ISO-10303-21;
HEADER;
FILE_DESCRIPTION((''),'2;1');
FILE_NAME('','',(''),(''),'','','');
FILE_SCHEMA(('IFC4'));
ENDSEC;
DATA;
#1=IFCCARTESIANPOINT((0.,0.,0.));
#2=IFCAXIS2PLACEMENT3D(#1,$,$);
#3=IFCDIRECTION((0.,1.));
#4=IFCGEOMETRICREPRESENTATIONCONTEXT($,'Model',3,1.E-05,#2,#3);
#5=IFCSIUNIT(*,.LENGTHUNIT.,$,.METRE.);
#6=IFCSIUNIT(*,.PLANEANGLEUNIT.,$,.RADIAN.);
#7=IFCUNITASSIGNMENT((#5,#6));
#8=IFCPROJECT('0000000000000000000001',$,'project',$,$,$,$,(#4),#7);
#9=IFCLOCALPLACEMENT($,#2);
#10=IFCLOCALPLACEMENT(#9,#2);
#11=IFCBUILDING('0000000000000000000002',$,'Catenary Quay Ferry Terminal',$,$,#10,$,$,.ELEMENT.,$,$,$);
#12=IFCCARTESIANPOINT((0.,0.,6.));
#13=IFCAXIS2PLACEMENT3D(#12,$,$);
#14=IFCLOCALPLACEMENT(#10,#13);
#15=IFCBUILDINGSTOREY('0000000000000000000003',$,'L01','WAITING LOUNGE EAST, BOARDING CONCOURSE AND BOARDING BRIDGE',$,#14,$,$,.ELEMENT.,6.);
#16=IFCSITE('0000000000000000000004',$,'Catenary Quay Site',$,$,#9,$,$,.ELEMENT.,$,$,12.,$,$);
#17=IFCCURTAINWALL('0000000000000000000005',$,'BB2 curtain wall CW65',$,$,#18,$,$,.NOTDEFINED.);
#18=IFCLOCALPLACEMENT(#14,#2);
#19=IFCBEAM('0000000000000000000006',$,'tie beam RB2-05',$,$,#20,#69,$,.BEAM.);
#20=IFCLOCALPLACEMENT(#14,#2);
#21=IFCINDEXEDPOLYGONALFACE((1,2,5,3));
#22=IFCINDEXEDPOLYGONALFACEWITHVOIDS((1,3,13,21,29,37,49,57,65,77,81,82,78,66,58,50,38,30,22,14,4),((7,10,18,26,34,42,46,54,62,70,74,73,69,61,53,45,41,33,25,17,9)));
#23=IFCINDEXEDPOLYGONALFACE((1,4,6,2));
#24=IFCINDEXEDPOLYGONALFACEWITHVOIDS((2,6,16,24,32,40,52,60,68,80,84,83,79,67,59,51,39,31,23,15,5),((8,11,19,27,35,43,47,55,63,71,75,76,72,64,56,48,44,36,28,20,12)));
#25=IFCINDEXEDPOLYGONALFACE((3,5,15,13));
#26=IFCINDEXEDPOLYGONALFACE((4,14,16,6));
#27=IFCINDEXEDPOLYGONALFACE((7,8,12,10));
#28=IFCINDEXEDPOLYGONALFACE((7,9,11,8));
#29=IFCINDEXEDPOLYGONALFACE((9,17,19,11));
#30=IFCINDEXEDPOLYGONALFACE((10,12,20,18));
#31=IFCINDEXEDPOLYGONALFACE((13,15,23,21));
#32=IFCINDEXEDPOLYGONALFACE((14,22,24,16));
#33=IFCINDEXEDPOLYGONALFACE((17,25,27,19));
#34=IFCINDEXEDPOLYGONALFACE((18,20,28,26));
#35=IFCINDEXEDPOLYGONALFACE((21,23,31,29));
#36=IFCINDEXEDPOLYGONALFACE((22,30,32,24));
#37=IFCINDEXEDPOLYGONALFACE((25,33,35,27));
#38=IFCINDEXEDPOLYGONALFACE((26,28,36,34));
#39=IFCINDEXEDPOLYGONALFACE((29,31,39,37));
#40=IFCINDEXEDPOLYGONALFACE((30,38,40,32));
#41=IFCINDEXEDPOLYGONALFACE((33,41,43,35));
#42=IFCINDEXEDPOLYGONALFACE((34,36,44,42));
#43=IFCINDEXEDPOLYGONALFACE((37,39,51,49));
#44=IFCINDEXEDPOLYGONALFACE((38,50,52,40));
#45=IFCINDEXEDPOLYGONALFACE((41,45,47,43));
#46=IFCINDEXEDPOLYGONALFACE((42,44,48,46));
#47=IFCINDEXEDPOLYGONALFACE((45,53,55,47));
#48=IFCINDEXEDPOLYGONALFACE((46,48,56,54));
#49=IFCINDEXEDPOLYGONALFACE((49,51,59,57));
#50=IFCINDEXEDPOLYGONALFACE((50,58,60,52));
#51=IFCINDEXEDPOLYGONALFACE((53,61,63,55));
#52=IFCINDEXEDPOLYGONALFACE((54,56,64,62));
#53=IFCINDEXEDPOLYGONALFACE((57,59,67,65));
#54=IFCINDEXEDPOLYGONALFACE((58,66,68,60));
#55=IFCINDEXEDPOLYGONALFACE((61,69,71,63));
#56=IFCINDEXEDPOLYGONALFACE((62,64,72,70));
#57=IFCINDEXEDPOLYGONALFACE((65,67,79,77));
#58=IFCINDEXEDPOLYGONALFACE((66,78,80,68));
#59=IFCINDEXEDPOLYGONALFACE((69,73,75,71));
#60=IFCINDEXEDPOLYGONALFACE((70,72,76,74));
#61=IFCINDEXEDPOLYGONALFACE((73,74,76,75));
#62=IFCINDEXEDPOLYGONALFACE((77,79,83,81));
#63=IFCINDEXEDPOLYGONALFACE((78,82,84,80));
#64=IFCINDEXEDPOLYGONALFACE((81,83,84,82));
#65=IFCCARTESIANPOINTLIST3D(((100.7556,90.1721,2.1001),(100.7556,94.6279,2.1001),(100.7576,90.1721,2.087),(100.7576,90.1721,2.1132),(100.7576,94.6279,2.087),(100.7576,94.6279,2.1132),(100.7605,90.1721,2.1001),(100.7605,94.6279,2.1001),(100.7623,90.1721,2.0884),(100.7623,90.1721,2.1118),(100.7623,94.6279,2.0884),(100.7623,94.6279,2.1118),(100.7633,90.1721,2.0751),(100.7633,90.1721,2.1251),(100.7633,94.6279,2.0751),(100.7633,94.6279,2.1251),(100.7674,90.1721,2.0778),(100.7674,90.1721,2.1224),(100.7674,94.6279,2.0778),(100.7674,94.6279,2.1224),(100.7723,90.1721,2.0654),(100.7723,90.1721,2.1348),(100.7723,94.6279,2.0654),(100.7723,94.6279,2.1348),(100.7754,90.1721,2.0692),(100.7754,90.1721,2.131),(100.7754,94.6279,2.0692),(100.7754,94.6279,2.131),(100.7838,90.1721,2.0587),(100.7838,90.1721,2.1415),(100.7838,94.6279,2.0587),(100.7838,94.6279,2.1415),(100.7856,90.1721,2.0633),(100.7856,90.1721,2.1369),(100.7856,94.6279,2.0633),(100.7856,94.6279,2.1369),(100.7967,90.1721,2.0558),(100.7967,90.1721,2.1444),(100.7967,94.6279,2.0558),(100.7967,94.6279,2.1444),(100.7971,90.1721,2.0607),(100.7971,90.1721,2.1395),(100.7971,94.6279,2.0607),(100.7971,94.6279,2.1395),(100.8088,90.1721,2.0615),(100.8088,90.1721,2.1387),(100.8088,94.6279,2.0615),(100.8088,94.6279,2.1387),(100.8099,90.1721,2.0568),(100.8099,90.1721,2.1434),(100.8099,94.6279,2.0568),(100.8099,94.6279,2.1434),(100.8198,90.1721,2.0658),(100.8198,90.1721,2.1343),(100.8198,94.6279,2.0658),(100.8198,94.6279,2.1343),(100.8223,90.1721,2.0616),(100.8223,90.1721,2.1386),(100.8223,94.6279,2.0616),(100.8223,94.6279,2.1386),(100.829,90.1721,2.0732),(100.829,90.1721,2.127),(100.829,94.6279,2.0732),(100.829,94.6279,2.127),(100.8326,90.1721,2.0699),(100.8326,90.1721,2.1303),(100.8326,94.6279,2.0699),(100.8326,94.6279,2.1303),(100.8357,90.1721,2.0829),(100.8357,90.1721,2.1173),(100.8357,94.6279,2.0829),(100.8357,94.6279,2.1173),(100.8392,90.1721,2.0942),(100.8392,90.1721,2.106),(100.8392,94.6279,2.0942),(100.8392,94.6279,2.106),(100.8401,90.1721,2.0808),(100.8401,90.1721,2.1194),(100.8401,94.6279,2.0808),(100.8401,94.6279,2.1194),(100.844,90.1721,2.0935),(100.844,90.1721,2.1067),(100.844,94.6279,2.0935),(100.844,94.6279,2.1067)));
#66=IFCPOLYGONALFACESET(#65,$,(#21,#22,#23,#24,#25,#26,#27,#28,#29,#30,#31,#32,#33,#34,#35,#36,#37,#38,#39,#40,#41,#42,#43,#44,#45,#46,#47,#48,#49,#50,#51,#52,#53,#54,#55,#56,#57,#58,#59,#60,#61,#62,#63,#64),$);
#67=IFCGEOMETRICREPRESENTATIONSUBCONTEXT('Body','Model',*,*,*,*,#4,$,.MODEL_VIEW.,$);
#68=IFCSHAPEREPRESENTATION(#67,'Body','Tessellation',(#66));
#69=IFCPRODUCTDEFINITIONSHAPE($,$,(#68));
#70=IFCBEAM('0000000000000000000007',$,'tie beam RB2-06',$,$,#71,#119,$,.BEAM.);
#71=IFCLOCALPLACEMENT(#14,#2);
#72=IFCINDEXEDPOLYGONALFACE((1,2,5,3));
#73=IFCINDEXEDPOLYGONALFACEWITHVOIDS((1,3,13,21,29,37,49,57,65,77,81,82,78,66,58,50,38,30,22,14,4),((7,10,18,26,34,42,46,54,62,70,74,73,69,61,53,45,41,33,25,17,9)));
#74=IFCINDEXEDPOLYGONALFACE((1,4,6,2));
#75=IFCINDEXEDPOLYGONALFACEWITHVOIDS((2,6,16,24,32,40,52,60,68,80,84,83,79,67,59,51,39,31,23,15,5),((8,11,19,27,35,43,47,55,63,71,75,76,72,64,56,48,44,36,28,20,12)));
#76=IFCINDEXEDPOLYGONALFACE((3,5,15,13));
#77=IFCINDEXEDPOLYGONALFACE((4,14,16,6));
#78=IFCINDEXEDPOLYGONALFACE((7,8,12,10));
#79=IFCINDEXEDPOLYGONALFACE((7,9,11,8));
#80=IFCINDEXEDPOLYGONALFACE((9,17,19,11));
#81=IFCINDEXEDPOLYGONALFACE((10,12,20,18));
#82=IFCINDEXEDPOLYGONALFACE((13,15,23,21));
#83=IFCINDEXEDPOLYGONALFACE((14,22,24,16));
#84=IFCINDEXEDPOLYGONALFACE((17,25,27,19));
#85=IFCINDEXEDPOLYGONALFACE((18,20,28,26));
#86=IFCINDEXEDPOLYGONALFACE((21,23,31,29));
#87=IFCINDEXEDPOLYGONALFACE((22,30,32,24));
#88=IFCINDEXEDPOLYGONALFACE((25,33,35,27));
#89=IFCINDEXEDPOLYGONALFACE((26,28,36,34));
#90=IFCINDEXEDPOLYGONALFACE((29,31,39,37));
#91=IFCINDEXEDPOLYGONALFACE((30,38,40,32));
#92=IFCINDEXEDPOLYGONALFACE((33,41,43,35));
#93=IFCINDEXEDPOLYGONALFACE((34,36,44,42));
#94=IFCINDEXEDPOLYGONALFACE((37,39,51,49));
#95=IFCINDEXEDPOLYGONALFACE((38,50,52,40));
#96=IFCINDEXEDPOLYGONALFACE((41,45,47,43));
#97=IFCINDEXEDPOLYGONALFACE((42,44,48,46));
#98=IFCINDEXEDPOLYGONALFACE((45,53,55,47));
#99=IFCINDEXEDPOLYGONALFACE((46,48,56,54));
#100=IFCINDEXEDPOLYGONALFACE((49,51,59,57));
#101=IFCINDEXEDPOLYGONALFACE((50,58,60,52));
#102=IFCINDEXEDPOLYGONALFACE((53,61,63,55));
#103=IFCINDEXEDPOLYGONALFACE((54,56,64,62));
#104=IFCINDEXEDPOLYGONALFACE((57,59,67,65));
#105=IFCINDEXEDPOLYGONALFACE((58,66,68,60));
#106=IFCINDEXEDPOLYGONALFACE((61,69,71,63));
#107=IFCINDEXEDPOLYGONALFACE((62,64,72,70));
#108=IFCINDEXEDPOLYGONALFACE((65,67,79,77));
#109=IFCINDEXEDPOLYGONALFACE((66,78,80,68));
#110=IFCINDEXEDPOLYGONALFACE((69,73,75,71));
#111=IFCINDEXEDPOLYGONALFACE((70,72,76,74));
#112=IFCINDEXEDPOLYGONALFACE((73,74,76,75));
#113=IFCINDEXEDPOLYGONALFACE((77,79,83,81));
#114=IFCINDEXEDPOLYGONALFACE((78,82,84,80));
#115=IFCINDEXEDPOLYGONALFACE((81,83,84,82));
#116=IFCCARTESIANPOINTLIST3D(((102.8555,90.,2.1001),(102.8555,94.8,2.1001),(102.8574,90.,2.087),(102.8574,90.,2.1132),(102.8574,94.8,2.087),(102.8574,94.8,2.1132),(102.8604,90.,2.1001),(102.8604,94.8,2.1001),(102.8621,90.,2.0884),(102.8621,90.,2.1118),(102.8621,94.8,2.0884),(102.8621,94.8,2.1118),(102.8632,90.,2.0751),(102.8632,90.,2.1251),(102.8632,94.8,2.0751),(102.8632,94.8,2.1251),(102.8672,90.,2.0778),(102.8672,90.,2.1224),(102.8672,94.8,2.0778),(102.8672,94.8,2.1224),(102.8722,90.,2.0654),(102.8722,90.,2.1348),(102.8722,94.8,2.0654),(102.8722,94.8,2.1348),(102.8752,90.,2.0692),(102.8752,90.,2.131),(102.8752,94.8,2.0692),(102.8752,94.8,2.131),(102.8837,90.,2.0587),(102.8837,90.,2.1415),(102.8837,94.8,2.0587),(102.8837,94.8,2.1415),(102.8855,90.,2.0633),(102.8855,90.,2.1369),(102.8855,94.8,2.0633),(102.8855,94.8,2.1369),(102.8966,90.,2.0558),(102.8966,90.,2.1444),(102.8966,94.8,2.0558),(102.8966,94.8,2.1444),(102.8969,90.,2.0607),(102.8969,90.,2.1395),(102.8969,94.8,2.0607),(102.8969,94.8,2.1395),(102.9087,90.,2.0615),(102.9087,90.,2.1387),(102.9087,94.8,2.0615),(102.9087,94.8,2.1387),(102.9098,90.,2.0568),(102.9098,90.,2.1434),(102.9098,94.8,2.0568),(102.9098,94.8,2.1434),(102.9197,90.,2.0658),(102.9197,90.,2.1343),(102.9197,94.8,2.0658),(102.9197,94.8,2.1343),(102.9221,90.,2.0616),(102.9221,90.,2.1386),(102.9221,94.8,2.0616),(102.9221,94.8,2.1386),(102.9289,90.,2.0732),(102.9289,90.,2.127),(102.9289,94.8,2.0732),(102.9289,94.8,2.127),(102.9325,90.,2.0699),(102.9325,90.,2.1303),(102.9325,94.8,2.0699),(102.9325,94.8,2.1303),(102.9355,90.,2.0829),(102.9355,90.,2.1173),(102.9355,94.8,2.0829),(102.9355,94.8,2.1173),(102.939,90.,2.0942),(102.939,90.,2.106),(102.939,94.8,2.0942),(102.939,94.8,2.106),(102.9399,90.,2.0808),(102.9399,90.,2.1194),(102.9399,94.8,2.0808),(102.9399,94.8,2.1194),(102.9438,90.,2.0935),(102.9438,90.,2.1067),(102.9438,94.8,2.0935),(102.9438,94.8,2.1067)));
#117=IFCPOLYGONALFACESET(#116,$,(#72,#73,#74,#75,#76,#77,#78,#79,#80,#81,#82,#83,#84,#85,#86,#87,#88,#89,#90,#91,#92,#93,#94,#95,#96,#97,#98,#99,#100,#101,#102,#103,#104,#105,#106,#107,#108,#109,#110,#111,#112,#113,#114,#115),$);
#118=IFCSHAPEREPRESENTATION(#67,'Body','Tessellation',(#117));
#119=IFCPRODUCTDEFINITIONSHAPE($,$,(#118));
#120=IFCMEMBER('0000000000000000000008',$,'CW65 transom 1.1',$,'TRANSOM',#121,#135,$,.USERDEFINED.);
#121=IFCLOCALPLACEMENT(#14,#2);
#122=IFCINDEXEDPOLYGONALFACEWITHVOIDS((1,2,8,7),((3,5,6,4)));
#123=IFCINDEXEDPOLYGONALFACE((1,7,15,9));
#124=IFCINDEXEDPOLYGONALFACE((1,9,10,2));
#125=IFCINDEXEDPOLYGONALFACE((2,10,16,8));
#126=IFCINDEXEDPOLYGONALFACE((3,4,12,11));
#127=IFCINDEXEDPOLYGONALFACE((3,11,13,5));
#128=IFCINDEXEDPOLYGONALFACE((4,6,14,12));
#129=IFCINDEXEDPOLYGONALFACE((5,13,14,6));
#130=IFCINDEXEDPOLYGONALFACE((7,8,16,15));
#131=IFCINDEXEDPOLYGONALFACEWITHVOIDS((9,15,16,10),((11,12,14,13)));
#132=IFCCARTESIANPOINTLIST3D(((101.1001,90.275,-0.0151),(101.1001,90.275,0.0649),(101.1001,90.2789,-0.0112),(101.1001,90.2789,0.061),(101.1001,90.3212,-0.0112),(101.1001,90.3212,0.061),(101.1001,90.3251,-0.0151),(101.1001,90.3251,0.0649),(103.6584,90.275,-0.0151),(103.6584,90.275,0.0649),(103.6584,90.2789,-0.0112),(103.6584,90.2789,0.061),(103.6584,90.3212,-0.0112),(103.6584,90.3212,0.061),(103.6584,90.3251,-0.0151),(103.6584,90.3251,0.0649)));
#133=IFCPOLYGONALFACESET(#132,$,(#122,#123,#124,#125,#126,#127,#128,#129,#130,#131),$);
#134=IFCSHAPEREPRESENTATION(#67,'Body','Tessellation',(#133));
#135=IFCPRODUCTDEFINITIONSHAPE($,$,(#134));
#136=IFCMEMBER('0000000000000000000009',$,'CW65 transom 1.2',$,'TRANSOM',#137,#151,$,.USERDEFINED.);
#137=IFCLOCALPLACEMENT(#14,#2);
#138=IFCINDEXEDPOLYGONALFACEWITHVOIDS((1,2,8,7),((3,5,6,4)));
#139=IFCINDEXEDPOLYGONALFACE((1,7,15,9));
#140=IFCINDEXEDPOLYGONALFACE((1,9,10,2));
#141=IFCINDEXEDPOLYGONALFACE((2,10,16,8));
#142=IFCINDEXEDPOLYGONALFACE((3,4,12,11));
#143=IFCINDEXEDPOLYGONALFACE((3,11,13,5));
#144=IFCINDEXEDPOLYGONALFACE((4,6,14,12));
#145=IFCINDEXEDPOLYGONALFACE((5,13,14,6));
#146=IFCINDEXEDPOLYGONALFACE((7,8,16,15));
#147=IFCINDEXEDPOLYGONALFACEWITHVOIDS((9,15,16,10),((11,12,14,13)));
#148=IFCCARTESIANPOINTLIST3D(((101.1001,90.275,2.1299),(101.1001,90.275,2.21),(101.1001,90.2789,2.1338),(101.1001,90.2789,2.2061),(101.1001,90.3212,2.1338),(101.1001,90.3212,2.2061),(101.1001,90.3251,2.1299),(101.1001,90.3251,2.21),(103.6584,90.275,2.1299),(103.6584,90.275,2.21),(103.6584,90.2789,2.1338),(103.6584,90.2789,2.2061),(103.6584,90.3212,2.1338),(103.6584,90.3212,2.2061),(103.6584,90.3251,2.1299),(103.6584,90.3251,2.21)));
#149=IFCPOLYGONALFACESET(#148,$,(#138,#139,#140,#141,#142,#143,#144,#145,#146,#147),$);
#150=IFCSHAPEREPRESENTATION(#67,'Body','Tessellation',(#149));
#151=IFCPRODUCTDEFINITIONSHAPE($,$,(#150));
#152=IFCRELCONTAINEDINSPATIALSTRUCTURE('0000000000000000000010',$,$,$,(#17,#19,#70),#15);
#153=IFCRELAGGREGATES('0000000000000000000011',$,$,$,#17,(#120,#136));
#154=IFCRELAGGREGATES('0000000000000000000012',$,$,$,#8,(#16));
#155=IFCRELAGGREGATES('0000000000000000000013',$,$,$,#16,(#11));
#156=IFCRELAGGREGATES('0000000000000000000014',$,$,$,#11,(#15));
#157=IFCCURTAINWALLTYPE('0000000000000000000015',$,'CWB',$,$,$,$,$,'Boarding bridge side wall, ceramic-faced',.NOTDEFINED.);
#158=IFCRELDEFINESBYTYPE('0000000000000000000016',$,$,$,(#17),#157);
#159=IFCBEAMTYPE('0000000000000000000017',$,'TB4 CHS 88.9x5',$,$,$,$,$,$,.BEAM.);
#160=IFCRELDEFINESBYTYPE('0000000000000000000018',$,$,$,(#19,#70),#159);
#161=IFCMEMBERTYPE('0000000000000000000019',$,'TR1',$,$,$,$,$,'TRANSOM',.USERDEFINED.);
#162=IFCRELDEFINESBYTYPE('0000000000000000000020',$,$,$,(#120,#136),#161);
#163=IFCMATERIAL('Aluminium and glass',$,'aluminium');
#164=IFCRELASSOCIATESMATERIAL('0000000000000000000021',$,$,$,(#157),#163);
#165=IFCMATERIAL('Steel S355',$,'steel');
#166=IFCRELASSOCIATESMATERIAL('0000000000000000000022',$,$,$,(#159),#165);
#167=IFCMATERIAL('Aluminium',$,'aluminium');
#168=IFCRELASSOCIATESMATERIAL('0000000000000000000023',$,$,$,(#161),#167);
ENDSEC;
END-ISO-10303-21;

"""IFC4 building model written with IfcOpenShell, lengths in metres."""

from ifc_helpers import new_model, si_unit, direction, frame, origin, origin_2d, place, context, subcontext, project, spatial, hollow_rectangle, hollow_circle, extrude, material, material_profile, profile_set, type_object, element, aggregate, save


model = new_model("IFC4")

# Units and contexts
model_context = context("Model", 3, precision=1e-05, world=origin(), true_north=direction((0.0, 1.0)))
body_context = subcontext(model_context, "Body", "Model", "MODEL_VIEW")
ifc_project = project(units=[si_unit("LENGTHUNIT", "METRE"), si_unit("PLANEANGLEUNIT", "RADIAN")], contexts=[model_context])

# Site, building, storey
site_placement = place(None, origin())
site = spatial("IfcSite", under=ifc_project, at=site_placement, Name="Catenary Quay Site", CompositionType="ELEMENT", RefElevation=12.0)
building_placement = place(site_placement, origin())
building = spatial("IfcBuilding", under=site, at=building_placement, Name="Catenary Quay Ferry Terminal", CompositionType="ELEMENT")
storey_placement = place(building_placement, frame((0.0, 0.0, 6.0)))
storey = spatial("IfcBuildingStorey", under=building, at=storey_placement, Name="L01", Description="WAITING LOUNGE EAST, BOARDING CONCOURSE AND BOARDING BRIDGE", CompositionType="ELEMENT", Elevation=6.0)

# Shared definitions
ifc_material_1 = material(Name="Aluminium and glass", Category="aluminium")
curtain_wall_type = type_object("IfcCurtainWallType", Name="CWB", ElementType="Boarding bridge side wall, ceramic-faced", PredefinedType="NOTDEFINED", material=ifc_material_1)

# Curtain wall
curtain_wall_1_placement = place(storey_placement, origin())
curtain_wall_1 = element("IfcCurtainWall", 1, at=curtain_wall_1_placement, inside=storey, type_object=curtain_wall_type, Name="BB2 curtain wall CW65", PredefinedType="NOTDEFINED")

# Beams
ifc_material_2 = material(Name="Steel S355", Category="steel")
ifc_material_profile_1 = material_profile(ifc_material_2, hollow_circle(Radius=0.0444, WallThickness=0.0049, at=origin_2d()), Name="CHS 88.9x5")
ifc_profile_set_1 = profile_set([ifc_material_profile_1], Name="Steel S355")
beam_type_1 = type_object("IfcBeamType", Name="TB4 CHS 88.9x5", PredefinedType="BEAM", material=ifc_profile_set_1)
beam_1_placement = place(storey_placement, frame((100.8, 90.1721, 2.1001), z_axis=(0.0, 1.0, 0.0), x_axis=(-1.0, 0.0, 0.0)))
element("IfcBeam", 2, at=beam_1_placement, inside=storey, type_object=beam_type_1, Name="tie beam RB2-05", PredefinedType="BEAM", context=body_context, shape_type="SweptSolid", body=[
    extrude(hollow_circle(Radius=0.0444, WallThickness=0.0049, at=origin_2d()), origin(), (0.0, 0.0, 1.0), 4.4558),
])
beam_2_placement = place(storey_placement, frame((102.8999, 90.0, 2.1001), z_axis=(0.0, 1.0, 0.0), x_axis=(-1.0, 0.0, 0.0)))
element("IfcBeam", 3, at=beam_2_placement, inside=storey, type_object=beam_type_1, Name="tie beam RB2-06", PredefinedType="BEAM", context=body_context, shape_type="SweptSolid", body=[
    extrude(hollow_circle(Radius=0.0444, WallThickness=0.0049, at=origin_2d()), origin(), (0.0, 0.0, 1.0), 4.8),
])

# Members
ifc_material_3 = material(Name="Aluminium", Category="aluminium")
ifc_material_profile_2 = material_profile(ifc_material_3, hollow_rectangle(XDim=0.05, YDim=0.0801, WallThickness=0.0039, at=origin_2d()), Name="TR1")
ifc_profile_set_2 = profile_set([ifc_material_profile_2], Name="Aluminium")
member_type_1 = type_object("IfcMemberType", Name="TR1", ElementType="TRANSOM", PredefinedType="USERDEFINED", material=ifc_profile_set_2)
member_1_placement = place(storey_placement, frame((101.1001, 90.3, 0.0249), z_axis=(1.0, 0.0, 0.0), x_axis=(0.0, 1.0, 0.0)))
member_1 = element("IfcMember", 4, at=member_1_placement, type_object=member_type_1, Name="CW65 transom 1.1", ObjectType="TRANSOM", PredefinedType="USERDEFINED", context=body_context, shape_type="SweptSolid", body=[
    extrude(hollow_rectangle(XDim=0.05, YDim=0.0801, WallThickness=0.0039, at=origin_2d()), origin(), (0.0, 0.0, 1.0), 2.5583),
])
member_2_placement = place(storey_placement, frame((101.1001, 90.3, 2.1699), z_axis=(1.0, 0.0, 0.0), x_axis=(0.0, 1.0, 0.0)))
member_2 = element("IfcMember", 5, at=member_2_placement, type_object=member_type_1, Name="CW65 transom 1.2", ObjectType="TRANSOM", PredefinedType="USERDEFINED", context=body_context, shape_type="SweptSolid", body=[
    extrude(hollow_rectangle(XDim=0.05, YDim=0.0801, WallThickness=0.0039, at=origin_2d()), origin(), (0.0, 0.0, 1.0), 2.5583),
])

aggregate(curtain_wall_1, [member_1, member_2])

save(model, "model.ifc")
